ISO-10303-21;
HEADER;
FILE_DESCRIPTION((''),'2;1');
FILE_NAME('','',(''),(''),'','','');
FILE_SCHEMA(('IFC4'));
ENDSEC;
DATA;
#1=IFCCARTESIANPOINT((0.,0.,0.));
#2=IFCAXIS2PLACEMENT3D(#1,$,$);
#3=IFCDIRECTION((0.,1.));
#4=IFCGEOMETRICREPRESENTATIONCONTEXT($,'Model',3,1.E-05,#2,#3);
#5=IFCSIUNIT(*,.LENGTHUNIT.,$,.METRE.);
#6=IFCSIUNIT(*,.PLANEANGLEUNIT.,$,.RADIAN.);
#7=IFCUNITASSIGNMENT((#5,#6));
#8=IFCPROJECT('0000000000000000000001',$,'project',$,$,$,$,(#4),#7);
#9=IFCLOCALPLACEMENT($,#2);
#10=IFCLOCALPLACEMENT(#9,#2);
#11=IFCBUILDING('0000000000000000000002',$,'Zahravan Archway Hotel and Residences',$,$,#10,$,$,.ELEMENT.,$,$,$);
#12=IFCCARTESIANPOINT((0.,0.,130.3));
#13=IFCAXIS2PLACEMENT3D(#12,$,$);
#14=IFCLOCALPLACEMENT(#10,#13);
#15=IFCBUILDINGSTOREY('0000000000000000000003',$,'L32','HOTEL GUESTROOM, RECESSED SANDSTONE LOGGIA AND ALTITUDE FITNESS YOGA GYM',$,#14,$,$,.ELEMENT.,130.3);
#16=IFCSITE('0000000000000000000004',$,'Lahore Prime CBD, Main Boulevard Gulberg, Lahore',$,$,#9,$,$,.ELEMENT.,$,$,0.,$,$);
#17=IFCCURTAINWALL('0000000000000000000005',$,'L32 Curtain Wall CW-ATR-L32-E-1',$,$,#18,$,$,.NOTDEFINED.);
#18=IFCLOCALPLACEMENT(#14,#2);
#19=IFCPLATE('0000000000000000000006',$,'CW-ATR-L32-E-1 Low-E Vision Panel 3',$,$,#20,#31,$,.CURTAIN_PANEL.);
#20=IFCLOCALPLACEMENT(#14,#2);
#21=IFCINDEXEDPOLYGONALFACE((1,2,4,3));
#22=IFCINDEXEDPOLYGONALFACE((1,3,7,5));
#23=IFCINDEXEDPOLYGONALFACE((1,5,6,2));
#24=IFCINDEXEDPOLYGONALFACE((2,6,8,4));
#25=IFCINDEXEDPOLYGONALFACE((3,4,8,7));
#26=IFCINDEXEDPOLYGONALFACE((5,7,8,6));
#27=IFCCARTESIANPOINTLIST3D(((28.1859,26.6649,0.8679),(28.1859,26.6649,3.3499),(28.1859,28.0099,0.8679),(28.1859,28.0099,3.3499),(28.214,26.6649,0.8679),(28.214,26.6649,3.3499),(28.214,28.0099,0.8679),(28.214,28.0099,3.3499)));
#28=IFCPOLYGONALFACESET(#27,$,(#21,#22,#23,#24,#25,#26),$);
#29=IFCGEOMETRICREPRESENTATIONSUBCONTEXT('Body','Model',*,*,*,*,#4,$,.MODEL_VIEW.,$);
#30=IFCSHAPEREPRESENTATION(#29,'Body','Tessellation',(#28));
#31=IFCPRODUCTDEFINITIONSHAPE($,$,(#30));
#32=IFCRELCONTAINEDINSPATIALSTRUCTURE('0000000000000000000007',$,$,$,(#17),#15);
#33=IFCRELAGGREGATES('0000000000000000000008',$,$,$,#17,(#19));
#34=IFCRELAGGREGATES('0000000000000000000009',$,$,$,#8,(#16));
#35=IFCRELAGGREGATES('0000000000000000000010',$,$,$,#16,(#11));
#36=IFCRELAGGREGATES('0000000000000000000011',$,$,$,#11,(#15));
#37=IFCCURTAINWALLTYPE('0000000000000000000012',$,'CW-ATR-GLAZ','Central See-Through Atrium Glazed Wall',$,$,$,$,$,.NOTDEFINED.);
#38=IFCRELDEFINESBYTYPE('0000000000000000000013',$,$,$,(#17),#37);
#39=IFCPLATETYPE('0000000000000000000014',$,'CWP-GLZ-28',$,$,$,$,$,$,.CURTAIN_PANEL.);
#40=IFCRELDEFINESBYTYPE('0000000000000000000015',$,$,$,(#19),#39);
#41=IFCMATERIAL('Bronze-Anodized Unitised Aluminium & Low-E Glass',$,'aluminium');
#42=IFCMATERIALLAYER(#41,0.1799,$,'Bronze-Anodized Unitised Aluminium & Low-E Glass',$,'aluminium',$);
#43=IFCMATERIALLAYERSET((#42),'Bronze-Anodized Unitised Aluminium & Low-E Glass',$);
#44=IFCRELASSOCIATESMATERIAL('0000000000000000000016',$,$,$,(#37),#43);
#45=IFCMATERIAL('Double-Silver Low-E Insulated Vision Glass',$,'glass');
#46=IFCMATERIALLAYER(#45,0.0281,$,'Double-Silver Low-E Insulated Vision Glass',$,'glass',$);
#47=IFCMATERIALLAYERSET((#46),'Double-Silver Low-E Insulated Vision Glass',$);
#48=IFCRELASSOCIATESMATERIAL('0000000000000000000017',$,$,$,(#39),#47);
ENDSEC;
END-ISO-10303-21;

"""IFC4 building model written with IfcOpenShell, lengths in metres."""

from ifc_helpers import new_model, si_unit, direction, frame, origin, origin_2d, place, context, subcontext, project, spatial, rectangle, extrude, source, transform, mapped, material, layer, layer_set, type_object, element, aggregate, save


model = new_model("IFC4")

# Units and contexts
model_context = context("Model", 3, precision=1e-05, world=origin(), true_north=direction((0.0, 1.0)))
body_context = subcontext(model_context, "Body", "Model", "MODEL_VIEW")
ifc_project = project(units=[si_unit("LENGTHUNIT", "METRE"), si_unit("PLANEANGLEUNIT", "RADIAN")], contexts=[model_context])

# Site, building, storey
site_placement = place(None, origin())
site = spatial("IfcSite", under=ifc_project, at=site_placement, Name="Lahore Prime CBD, Main Boulevard Gulberg, Lahore", CompositionType="ELEMENT", RefElevation=0.0)
building_placement = place(site_placement, origin())
building = spatial("IfcBuilding", under=site, at=building_placement, Name="Zahravan Archway Hotel and Residences", CompositionType="ELEMENT")
storey_placement = place(building_placement, frame((0.0, 0.0, 130.3)))
storey = spatial("IfcBuildingStorey", under=building, at=storey_placement, Name="L32", Description="HOTEL GUESTROOM, RECESSED SANDSTONE LOGGIA AND ALTITUDE FITNESS YOGA GYM", CompositionType="ELEMENT", Elevation=130.3)

# Shared definitions
ifc_material_1 = material(Name="Bronze-Anodized Unitised Aluminium & Low-E Glass", Category="aluminium")
ifc_layer_1 = layer(ifc_material_1, 0.1799, Name="Bronze-Anodized Unitised Aluminium & Low-E Glass", Category="aluminium")
ifc_layer_set_1 = layer_set([ifc_layer_1], Name="Bronze-Anodized Unitised Aluminium & Low-E Glass")
curtain_wall_type = type_object("IfcCurtainWallType", Name="CW-ATR-GLAZ", Description="Central See-Through Atrium Glazed Wall", PredefinedType="NOTDEFINED", material=ifc_layer_set_1)

# Curtain wall
curtain_wall_1_placement = place(storey_placement, origin())
curtain_wall_1 = element("IfcCurtainWall", 1, at=curtain_wall_1_placement, inside=storey, type_object=curtain_wall_type, Name="L32 Curtain Wall CW-ATR-L32-E-1", PredefinedType="NOTDEFINED")

# Plate
ifc_material_2 = material(Name="Double-Silver Low-E Insulated Vision Glass", Category="glass")
ifc_layer_2 = layer(ifc_material_2, 0.0281, Name="Double-Silver Low-E Insulated Vision Glass", Category="glass")
ifc_layer_set_2 = layer_set([ifc_layer_2], Name="Double-Silver Low-E Insulated Vision Glass")
plate_type_1 = type_object("IfcPlateType", Name="CWP-GLZ-28", PredefinedType="CURTAIN_PANEL", material=ifc_layer_set_2)
shared_shape_1 = source(origin(), body_context, "Body", "SweptSolid", [
    extrude(rectangle(XDim=1.345, YDim=0.0281, at=origin_2d()), origin(), (0.0, 0.0, 1.0), 2.4819),
])
plate_1_placement = place(storey_placement, frame((28.2, 27.3374, 0.8679), z_axis=(0.0, 0.0, 1.0), x_axis=(0.0, 1.0, 0.0)))
plate_1 = element("IfcPlate", 2, at=plate_1_placement, type_object=plate_type_1, Name="CW-ATR-L32-E-1 Low-E Vision Panel 3", PredefinedType="CURTAIN_PANEL", context=body_context, shape_type="MappedRepresentation", body=[
    mapped(shared_shape_1, transform((0.0, 0.0, 0.0), scale=1.0)),
])
aggregate(curtain_wall_1, [plate_1])

save(model, "model.ifc")
